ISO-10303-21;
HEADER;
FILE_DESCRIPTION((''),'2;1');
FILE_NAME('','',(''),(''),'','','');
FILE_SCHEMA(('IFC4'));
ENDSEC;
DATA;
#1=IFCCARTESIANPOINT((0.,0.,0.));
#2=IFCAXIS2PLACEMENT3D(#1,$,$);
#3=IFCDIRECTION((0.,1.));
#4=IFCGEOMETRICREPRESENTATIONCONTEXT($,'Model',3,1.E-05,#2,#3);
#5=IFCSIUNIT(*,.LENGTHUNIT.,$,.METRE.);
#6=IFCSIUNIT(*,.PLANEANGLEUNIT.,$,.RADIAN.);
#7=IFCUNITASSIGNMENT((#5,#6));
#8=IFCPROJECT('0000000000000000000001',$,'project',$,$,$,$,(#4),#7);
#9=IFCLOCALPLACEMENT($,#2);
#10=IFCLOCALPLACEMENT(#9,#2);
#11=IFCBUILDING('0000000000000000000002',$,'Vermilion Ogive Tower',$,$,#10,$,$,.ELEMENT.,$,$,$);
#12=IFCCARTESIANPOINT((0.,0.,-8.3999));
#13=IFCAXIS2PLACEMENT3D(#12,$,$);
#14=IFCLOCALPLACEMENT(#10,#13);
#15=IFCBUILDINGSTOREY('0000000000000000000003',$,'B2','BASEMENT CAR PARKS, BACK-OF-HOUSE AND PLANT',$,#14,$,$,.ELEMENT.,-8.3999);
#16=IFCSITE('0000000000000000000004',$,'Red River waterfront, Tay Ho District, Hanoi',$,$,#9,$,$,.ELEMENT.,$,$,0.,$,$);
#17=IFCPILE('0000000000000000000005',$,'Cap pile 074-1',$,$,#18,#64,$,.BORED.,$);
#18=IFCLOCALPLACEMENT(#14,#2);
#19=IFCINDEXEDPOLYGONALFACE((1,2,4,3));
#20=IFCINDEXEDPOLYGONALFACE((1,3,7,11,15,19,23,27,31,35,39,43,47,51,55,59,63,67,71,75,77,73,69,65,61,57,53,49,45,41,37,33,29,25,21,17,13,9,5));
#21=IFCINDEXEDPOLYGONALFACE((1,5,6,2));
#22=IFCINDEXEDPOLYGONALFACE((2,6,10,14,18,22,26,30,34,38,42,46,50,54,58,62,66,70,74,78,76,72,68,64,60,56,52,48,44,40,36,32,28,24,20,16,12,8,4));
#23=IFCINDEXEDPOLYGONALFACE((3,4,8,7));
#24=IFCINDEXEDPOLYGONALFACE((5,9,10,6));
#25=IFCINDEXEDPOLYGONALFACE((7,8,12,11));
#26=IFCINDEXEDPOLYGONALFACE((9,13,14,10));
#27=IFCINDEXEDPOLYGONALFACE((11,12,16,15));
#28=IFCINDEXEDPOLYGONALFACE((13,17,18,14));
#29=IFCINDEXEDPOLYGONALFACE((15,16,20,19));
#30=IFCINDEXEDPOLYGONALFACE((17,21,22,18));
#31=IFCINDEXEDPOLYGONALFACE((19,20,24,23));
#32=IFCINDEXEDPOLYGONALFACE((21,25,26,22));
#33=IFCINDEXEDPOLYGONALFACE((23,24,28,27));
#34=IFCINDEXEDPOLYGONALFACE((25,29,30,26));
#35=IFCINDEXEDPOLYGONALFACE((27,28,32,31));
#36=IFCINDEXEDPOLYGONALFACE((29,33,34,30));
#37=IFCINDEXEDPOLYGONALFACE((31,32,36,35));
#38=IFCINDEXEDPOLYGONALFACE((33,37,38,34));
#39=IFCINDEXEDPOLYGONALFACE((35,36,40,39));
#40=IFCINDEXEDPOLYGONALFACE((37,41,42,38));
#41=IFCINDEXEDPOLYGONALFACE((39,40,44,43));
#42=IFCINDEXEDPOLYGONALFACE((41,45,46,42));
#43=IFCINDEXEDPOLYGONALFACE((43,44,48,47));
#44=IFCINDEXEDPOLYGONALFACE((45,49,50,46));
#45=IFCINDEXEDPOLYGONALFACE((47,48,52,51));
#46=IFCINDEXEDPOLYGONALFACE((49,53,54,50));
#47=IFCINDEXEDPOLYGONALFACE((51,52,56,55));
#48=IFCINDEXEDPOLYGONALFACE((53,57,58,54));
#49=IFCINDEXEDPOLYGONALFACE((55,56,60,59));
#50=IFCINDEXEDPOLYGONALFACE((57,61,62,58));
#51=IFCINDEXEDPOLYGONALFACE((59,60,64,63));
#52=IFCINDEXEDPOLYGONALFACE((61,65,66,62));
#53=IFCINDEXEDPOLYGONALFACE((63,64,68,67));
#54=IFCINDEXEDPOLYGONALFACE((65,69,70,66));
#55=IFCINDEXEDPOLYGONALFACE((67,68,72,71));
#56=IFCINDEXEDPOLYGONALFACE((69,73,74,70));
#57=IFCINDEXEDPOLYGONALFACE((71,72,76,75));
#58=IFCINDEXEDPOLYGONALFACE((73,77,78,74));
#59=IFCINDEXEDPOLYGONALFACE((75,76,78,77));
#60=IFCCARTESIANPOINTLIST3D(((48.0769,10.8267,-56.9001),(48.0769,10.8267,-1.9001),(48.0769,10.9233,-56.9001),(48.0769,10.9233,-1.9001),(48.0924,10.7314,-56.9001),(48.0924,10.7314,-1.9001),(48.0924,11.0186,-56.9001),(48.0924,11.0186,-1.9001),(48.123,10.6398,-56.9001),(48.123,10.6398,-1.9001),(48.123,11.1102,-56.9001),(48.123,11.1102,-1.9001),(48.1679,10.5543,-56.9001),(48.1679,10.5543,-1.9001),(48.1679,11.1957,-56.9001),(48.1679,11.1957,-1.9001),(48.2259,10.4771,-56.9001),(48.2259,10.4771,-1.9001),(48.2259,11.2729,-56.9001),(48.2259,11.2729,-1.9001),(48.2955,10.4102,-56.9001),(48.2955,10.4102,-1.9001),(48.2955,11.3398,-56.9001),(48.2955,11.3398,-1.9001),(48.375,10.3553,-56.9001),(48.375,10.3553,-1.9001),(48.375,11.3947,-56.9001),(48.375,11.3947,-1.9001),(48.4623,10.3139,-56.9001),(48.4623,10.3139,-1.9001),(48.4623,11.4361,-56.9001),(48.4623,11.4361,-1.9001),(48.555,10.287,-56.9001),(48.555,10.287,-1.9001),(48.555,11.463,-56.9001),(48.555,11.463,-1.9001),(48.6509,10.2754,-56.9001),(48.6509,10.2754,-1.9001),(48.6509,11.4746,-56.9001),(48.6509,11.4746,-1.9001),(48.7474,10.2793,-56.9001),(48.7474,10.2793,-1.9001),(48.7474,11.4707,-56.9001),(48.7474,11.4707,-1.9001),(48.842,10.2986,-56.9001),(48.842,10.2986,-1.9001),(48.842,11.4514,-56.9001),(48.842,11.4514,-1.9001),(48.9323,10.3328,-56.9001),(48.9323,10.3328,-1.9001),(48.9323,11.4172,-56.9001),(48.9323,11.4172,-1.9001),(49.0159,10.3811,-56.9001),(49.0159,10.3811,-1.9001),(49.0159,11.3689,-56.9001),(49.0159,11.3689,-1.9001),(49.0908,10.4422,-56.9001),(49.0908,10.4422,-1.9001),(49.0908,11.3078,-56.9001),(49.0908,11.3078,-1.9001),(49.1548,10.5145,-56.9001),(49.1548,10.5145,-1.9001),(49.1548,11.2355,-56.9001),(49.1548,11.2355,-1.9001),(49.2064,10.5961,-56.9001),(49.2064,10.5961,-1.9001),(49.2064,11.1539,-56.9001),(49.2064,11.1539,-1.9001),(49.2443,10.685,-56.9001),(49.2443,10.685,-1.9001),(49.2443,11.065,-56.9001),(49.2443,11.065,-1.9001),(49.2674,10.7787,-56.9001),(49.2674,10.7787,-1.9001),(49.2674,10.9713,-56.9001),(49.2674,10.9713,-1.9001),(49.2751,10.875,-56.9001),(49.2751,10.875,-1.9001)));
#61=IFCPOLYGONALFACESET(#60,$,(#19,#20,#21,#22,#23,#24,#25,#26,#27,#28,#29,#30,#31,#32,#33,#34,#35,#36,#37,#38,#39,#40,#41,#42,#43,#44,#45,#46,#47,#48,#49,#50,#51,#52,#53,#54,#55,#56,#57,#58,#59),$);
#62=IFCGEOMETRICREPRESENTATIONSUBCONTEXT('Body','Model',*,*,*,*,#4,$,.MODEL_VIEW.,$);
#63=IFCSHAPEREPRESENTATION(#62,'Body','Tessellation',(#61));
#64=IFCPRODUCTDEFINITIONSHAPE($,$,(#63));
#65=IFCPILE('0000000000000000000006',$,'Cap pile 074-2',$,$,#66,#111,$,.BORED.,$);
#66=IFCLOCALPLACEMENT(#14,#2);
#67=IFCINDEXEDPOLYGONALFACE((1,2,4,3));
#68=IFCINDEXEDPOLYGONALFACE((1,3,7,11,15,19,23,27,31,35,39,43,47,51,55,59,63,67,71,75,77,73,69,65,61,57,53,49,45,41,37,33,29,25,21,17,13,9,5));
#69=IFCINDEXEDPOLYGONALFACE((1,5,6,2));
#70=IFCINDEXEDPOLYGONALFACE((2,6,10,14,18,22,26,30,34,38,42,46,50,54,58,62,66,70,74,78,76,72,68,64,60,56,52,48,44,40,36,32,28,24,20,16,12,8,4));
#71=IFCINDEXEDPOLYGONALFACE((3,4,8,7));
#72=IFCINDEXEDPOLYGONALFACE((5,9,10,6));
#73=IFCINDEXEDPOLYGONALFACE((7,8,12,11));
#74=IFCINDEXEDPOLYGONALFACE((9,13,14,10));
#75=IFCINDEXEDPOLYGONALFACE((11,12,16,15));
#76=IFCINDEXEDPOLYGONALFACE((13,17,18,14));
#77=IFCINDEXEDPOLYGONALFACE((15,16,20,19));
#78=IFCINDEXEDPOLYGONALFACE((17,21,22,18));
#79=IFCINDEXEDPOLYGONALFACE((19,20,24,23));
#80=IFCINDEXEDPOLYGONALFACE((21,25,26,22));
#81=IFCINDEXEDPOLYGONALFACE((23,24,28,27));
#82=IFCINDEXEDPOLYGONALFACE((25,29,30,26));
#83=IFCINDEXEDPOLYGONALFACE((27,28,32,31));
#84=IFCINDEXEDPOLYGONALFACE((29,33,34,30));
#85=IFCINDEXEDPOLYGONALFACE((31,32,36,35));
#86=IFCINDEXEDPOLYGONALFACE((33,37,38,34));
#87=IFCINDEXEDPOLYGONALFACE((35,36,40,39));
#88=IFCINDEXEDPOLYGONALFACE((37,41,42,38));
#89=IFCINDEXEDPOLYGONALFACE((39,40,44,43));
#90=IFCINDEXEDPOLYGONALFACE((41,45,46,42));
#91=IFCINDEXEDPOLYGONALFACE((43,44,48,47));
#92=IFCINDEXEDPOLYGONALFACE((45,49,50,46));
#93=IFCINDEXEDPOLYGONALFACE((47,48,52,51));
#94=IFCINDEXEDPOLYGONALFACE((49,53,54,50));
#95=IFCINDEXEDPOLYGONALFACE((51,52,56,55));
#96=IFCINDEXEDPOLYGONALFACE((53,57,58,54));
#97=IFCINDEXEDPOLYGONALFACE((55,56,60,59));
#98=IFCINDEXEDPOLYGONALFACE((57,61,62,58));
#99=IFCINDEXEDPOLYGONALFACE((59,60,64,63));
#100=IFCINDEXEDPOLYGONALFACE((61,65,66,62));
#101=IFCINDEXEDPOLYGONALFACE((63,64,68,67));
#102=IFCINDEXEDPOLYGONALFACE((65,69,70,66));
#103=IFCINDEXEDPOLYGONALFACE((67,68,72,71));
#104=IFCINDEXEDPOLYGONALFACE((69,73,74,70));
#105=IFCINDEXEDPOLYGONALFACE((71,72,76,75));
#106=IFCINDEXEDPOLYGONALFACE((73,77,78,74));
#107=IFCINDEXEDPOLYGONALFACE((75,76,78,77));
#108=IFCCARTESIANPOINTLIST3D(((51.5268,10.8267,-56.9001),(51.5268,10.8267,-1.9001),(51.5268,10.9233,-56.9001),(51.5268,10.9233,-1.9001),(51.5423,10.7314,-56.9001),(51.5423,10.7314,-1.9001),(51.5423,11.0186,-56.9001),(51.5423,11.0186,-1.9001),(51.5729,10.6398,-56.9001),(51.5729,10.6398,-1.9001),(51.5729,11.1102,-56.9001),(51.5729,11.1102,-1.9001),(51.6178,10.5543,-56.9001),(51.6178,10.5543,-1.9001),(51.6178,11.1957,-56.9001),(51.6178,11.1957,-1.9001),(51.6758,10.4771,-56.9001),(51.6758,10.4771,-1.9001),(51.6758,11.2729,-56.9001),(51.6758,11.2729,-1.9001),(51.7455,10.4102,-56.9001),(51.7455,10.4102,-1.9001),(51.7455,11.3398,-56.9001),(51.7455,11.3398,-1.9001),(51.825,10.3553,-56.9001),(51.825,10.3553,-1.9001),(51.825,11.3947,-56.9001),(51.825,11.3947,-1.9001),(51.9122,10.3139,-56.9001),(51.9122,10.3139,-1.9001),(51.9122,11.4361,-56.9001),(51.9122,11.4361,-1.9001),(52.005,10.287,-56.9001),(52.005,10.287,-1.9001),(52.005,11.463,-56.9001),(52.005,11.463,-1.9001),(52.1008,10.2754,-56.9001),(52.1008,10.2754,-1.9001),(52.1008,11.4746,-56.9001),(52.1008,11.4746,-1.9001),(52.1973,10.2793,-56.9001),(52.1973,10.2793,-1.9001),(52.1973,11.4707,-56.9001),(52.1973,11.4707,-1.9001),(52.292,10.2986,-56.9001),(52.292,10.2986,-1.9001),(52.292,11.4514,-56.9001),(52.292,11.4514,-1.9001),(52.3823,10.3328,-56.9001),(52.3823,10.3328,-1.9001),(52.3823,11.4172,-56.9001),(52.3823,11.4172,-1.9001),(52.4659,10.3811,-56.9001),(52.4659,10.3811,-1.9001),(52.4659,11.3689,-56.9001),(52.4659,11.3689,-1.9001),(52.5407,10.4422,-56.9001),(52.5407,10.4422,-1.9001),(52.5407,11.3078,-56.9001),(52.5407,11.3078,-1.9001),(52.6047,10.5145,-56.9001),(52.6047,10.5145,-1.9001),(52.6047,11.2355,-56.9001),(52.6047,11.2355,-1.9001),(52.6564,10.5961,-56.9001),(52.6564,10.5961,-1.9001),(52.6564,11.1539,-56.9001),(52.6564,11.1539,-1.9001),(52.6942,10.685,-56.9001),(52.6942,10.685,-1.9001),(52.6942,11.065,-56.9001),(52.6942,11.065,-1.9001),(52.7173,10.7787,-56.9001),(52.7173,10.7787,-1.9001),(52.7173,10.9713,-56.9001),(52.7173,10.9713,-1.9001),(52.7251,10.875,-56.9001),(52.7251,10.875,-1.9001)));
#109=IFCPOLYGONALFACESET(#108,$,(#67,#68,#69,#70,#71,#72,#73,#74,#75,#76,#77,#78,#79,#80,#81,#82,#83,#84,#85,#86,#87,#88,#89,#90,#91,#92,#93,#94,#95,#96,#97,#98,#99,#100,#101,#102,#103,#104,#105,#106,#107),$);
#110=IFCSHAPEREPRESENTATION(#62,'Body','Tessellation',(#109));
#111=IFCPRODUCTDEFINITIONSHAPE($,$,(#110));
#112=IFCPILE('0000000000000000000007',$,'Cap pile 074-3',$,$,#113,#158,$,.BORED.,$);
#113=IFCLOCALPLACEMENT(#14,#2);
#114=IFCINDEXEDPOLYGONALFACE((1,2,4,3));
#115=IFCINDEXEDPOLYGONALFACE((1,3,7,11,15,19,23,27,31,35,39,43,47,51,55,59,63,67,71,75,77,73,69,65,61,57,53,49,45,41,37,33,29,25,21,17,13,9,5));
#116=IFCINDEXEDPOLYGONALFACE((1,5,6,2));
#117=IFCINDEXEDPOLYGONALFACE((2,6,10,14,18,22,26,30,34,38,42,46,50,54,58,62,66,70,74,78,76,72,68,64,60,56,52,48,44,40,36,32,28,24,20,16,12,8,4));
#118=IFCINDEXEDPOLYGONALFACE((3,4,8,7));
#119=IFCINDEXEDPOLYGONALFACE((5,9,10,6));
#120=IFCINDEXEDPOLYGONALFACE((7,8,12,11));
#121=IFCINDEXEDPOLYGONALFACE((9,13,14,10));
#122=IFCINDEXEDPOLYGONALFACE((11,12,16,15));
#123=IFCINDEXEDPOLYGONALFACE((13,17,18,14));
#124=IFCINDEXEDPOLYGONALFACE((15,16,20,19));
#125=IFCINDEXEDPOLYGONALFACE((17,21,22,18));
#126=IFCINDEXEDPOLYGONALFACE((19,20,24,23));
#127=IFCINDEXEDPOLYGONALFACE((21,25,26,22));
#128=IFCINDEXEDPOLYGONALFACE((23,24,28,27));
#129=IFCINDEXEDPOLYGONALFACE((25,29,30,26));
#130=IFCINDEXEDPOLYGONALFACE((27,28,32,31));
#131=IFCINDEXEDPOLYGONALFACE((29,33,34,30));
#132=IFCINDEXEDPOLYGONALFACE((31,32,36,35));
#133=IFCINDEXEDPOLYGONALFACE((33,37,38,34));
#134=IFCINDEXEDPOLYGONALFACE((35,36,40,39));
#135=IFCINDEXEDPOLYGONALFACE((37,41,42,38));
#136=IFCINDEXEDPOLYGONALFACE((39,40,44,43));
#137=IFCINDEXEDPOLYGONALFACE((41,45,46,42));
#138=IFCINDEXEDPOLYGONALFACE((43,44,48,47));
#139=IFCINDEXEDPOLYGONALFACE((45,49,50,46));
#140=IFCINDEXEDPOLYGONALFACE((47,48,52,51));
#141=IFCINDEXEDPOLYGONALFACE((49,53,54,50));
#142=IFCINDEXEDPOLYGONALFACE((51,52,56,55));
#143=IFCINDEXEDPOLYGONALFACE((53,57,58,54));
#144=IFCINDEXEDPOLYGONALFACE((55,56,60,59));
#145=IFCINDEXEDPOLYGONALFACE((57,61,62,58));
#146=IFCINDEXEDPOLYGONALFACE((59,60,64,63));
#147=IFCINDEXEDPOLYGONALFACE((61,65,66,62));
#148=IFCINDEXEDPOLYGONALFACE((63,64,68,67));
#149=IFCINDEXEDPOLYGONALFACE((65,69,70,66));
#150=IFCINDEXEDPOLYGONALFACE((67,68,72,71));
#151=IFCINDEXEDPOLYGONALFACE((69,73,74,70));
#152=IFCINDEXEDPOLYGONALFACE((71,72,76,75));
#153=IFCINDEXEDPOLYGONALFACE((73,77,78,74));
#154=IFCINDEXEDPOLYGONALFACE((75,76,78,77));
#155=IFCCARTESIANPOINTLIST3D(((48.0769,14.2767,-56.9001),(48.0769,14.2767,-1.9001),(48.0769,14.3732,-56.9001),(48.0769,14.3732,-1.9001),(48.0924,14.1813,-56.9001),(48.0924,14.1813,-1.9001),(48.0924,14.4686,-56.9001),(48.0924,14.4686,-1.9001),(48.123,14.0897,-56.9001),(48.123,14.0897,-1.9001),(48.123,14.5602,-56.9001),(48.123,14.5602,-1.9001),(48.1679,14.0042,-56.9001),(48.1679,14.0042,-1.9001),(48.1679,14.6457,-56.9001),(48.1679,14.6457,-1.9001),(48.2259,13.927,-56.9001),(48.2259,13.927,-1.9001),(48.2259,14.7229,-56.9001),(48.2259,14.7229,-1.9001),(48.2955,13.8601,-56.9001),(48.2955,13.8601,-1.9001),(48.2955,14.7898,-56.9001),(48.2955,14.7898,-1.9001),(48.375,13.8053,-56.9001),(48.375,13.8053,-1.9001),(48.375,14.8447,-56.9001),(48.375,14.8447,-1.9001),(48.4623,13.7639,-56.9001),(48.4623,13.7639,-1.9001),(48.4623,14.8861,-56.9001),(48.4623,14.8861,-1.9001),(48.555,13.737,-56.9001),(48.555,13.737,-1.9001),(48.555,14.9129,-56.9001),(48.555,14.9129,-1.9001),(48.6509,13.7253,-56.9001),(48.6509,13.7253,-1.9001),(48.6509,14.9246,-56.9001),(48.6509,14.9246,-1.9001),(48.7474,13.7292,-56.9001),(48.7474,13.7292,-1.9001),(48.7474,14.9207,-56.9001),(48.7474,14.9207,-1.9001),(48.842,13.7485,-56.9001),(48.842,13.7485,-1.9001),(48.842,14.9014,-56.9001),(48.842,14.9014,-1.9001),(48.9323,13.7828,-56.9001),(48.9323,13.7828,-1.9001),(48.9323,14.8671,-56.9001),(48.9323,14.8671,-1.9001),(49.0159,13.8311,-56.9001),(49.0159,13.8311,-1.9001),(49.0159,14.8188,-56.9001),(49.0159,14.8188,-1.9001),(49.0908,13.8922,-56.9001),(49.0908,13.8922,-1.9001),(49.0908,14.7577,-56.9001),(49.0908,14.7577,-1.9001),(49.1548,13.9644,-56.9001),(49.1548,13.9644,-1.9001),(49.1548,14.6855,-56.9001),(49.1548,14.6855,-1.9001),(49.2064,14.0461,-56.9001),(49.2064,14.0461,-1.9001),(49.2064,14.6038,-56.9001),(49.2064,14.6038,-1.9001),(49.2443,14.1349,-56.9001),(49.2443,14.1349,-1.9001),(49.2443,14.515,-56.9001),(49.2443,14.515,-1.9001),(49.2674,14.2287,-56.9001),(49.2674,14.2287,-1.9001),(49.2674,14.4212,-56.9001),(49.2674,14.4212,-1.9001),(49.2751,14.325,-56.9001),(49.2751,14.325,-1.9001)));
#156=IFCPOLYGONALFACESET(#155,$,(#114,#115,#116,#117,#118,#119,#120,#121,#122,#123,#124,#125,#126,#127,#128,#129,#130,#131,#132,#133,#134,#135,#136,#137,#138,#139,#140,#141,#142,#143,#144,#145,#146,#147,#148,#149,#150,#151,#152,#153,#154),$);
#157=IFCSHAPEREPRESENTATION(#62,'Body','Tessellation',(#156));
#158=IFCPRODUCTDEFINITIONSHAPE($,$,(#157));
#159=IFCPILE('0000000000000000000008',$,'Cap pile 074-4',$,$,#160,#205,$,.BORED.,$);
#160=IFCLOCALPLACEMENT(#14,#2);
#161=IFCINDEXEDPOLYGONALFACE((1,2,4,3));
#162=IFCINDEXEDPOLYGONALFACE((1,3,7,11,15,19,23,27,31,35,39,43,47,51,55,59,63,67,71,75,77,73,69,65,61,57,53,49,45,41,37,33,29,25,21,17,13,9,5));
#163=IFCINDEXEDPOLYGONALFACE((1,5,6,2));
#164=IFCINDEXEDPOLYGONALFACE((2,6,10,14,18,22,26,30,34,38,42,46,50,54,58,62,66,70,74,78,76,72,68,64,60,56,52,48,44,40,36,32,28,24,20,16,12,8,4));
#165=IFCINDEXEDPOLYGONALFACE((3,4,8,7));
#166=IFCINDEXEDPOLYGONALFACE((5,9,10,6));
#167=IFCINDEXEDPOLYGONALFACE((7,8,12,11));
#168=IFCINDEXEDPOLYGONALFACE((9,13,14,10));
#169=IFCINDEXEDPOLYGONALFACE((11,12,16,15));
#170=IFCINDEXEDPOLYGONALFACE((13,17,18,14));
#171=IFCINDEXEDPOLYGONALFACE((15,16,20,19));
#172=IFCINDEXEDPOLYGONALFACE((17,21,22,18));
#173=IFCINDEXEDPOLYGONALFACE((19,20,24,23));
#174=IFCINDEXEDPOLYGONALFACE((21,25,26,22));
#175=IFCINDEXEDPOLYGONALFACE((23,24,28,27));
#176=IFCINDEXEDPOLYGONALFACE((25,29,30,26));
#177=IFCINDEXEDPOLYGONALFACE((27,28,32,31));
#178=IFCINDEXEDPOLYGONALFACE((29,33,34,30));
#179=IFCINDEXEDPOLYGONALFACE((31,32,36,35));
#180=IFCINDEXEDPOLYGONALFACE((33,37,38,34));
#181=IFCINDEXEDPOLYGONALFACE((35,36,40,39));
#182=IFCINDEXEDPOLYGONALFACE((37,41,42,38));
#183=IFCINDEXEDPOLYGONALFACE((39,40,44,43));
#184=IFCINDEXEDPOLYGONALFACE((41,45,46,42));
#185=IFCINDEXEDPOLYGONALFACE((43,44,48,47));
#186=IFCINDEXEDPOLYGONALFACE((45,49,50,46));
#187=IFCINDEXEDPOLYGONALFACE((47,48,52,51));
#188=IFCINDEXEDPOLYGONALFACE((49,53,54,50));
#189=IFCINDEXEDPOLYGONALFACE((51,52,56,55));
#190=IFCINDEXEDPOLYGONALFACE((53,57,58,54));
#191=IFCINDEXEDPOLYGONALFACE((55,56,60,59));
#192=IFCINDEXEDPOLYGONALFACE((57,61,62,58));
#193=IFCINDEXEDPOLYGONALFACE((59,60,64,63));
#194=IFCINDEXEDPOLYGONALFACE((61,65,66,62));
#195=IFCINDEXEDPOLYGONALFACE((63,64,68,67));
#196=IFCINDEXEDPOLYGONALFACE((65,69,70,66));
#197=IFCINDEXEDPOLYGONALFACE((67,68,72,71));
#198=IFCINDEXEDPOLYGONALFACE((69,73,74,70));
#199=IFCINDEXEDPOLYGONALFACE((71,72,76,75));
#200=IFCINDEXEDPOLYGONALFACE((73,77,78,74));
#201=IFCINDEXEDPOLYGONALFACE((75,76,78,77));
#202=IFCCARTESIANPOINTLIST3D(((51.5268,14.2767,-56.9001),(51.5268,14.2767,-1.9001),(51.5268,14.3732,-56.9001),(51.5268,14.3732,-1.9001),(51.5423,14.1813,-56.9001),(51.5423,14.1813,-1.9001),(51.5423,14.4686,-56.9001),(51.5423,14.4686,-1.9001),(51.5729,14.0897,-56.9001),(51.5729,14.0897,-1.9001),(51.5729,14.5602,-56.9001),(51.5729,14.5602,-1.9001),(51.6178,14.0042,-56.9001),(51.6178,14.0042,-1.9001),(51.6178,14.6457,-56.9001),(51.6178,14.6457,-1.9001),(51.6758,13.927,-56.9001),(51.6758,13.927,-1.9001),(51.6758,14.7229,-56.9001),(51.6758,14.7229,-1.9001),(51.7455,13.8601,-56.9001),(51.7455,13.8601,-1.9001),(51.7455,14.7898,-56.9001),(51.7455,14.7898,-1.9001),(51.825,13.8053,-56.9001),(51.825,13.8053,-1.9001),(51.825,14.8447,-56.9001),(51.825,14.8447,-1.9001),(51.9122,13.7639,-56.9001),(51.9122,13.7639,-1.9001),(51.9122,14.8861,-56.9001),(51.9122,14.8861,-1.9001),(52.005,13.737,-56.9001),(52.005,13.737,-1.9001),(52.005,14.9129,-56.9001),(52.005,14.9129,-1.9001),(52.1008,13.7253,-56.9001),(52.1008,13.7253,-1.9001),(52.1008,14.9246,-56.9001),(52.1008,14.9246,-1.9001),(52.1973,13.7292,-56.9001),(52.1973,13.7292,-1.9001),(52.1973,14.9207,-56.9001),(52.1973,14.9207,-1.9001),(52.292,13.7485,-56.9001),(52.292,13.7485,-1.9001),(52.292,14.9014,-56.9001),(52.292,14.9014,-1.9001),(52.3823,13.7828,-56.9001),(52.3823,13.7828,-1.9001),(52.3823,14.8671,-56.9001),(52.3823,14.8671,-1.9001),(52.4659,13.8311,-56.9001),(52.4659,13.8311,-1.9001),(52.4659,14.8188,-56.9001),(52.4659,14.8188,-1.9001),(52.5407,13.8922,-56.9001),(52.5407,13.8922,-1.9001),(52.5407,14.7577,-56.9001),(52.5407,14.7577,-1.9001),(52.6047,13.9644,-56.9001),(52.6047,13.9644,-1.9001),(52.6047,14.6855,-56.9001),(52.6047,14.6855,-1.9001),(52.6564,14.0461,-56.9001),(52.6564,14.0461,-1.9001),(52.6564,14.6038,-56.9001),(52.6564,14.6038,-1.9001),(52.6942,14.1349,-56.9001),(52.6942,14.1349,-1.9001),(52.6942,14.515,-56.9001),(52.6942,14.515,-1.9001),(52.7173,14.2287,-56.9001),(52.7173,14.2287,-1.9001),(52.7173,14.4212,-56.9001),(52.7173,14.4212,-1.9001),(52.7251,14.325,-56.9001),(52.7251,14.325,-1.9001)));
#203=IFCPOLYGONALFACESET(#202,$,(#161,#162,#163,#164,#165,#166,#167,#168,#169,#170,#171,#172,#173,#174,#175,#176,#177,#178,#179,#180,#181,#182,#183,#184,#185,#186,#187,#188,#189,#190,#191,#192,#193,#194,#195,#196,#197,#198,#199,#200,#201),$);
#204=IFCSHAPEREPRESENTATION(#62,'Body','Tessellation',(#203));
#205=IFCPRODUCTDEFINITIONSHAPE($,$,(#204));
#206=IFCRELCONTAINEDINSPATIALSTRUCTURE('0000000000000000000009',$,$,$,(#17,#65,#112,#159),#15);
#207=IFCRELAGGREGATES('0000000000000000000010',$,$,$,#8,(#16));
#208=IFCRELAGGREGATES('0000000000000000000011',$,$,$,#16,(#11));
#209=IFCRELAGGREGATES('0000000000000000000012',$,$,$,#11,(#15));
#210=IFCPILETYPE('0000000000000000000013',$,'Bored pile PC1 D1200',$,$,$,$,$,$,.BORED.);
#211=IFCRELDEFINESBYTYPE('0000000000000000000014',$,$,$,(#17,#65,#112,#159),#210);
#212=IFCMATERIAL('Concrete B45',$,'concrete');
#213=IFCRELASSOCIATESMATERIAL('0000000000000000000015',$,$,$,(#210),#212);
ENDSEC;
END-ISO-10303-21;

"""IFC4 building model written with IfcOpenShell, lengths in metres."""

from ifc_helpers import new_model, si_unit, direction, frame, origin, origin_2d, place, context, subcontext, project, spatial, circle, extrude, material, type_object, element, save


model = new_model("IFC4")

# Units and contexts
model_context = context("Model", 3, precision=1e-05, world=origin(), true_north=direction((0.0, 1.0)))
body_context = subcontext(model_context, "Body", "Model", "MODEL_VIEW")
ifc_project = project(units=[si_unit("LENGTHUNIT", "METRE"), si_unit("PLANEANGLEUNIT", "RADIAN")], contexts=[model_context])

# Site, building, storey
site_placement = place(None, origin())
site = spatial("IfcSite", under=ifc_project, at=site_placement, Name="Red River waterfront, Tay Ho District, Hanoi", CompositionType="ELEMENT", RefElevation=0.0)
building_placement = place(site_placement, origin())
building = spatial("IfcBuilding", under=site, at=building_placement, Name="Vermilion Ogive Tower", CompositionType="ELEMENT")
storey_placement = place(building_placement, frame((0.0, 0.0, -8.3999)))
storey = spatial("IfcBuildingStorey", under=building, at=storey_placement, Name="B2", Description="BASEMENT CAR PARKS, BACK-OF-HOUSE AND PLANT", CompositionType="ELEMENT", Elevation=-8.3999)

# Piles
ifc_material_1 = material(Name="Concrete B45", Category="concrete")
pile_type = type_object("IfcPileType", Name="Bored pile PC1 D1200", PredefinedType="BORED", material=ifc_material_1)
for number, where, z_axis, x_axis, name in (
    (1, (48.675, 10.875, -1.9001), (0.0, 0.0, -1.0), (1.0, 0.0, 0.0), "Cap pile 074-1"),
    (2, (52.125, 10.875, -1.9001), (0.0, 0.0, -1.0), (1.0, 0.0, 0.0), "Cap pile 074-2"),
    (3, (48.675, 14.325, -1.9001), (0.0, 0.0, -1.0), (1.0, 0.0, 0.0), "Cap pile 074-3"),
    (4, (52.125, 14.325, -1.9001), (0.0, 0.0, -1.0), (1.0, 0.0, 0.0), "Cap pile 074-4"),
):
    element("IfcPile", number, at=place(storey_placement, frame(where, z_axis=z_axis, x_axis=x_axis)), inside=storey, type_object=pile_type, Name=name, PredefinedType="BORED", context=body_context, shape_type="SweptSolid", body=[
        extrude(circle(Radius=0.6001, at=origin_2d()), origin(), (0.0, 0.0, 1.0), 55.0),
    ])

save(model, "model.ifc")
